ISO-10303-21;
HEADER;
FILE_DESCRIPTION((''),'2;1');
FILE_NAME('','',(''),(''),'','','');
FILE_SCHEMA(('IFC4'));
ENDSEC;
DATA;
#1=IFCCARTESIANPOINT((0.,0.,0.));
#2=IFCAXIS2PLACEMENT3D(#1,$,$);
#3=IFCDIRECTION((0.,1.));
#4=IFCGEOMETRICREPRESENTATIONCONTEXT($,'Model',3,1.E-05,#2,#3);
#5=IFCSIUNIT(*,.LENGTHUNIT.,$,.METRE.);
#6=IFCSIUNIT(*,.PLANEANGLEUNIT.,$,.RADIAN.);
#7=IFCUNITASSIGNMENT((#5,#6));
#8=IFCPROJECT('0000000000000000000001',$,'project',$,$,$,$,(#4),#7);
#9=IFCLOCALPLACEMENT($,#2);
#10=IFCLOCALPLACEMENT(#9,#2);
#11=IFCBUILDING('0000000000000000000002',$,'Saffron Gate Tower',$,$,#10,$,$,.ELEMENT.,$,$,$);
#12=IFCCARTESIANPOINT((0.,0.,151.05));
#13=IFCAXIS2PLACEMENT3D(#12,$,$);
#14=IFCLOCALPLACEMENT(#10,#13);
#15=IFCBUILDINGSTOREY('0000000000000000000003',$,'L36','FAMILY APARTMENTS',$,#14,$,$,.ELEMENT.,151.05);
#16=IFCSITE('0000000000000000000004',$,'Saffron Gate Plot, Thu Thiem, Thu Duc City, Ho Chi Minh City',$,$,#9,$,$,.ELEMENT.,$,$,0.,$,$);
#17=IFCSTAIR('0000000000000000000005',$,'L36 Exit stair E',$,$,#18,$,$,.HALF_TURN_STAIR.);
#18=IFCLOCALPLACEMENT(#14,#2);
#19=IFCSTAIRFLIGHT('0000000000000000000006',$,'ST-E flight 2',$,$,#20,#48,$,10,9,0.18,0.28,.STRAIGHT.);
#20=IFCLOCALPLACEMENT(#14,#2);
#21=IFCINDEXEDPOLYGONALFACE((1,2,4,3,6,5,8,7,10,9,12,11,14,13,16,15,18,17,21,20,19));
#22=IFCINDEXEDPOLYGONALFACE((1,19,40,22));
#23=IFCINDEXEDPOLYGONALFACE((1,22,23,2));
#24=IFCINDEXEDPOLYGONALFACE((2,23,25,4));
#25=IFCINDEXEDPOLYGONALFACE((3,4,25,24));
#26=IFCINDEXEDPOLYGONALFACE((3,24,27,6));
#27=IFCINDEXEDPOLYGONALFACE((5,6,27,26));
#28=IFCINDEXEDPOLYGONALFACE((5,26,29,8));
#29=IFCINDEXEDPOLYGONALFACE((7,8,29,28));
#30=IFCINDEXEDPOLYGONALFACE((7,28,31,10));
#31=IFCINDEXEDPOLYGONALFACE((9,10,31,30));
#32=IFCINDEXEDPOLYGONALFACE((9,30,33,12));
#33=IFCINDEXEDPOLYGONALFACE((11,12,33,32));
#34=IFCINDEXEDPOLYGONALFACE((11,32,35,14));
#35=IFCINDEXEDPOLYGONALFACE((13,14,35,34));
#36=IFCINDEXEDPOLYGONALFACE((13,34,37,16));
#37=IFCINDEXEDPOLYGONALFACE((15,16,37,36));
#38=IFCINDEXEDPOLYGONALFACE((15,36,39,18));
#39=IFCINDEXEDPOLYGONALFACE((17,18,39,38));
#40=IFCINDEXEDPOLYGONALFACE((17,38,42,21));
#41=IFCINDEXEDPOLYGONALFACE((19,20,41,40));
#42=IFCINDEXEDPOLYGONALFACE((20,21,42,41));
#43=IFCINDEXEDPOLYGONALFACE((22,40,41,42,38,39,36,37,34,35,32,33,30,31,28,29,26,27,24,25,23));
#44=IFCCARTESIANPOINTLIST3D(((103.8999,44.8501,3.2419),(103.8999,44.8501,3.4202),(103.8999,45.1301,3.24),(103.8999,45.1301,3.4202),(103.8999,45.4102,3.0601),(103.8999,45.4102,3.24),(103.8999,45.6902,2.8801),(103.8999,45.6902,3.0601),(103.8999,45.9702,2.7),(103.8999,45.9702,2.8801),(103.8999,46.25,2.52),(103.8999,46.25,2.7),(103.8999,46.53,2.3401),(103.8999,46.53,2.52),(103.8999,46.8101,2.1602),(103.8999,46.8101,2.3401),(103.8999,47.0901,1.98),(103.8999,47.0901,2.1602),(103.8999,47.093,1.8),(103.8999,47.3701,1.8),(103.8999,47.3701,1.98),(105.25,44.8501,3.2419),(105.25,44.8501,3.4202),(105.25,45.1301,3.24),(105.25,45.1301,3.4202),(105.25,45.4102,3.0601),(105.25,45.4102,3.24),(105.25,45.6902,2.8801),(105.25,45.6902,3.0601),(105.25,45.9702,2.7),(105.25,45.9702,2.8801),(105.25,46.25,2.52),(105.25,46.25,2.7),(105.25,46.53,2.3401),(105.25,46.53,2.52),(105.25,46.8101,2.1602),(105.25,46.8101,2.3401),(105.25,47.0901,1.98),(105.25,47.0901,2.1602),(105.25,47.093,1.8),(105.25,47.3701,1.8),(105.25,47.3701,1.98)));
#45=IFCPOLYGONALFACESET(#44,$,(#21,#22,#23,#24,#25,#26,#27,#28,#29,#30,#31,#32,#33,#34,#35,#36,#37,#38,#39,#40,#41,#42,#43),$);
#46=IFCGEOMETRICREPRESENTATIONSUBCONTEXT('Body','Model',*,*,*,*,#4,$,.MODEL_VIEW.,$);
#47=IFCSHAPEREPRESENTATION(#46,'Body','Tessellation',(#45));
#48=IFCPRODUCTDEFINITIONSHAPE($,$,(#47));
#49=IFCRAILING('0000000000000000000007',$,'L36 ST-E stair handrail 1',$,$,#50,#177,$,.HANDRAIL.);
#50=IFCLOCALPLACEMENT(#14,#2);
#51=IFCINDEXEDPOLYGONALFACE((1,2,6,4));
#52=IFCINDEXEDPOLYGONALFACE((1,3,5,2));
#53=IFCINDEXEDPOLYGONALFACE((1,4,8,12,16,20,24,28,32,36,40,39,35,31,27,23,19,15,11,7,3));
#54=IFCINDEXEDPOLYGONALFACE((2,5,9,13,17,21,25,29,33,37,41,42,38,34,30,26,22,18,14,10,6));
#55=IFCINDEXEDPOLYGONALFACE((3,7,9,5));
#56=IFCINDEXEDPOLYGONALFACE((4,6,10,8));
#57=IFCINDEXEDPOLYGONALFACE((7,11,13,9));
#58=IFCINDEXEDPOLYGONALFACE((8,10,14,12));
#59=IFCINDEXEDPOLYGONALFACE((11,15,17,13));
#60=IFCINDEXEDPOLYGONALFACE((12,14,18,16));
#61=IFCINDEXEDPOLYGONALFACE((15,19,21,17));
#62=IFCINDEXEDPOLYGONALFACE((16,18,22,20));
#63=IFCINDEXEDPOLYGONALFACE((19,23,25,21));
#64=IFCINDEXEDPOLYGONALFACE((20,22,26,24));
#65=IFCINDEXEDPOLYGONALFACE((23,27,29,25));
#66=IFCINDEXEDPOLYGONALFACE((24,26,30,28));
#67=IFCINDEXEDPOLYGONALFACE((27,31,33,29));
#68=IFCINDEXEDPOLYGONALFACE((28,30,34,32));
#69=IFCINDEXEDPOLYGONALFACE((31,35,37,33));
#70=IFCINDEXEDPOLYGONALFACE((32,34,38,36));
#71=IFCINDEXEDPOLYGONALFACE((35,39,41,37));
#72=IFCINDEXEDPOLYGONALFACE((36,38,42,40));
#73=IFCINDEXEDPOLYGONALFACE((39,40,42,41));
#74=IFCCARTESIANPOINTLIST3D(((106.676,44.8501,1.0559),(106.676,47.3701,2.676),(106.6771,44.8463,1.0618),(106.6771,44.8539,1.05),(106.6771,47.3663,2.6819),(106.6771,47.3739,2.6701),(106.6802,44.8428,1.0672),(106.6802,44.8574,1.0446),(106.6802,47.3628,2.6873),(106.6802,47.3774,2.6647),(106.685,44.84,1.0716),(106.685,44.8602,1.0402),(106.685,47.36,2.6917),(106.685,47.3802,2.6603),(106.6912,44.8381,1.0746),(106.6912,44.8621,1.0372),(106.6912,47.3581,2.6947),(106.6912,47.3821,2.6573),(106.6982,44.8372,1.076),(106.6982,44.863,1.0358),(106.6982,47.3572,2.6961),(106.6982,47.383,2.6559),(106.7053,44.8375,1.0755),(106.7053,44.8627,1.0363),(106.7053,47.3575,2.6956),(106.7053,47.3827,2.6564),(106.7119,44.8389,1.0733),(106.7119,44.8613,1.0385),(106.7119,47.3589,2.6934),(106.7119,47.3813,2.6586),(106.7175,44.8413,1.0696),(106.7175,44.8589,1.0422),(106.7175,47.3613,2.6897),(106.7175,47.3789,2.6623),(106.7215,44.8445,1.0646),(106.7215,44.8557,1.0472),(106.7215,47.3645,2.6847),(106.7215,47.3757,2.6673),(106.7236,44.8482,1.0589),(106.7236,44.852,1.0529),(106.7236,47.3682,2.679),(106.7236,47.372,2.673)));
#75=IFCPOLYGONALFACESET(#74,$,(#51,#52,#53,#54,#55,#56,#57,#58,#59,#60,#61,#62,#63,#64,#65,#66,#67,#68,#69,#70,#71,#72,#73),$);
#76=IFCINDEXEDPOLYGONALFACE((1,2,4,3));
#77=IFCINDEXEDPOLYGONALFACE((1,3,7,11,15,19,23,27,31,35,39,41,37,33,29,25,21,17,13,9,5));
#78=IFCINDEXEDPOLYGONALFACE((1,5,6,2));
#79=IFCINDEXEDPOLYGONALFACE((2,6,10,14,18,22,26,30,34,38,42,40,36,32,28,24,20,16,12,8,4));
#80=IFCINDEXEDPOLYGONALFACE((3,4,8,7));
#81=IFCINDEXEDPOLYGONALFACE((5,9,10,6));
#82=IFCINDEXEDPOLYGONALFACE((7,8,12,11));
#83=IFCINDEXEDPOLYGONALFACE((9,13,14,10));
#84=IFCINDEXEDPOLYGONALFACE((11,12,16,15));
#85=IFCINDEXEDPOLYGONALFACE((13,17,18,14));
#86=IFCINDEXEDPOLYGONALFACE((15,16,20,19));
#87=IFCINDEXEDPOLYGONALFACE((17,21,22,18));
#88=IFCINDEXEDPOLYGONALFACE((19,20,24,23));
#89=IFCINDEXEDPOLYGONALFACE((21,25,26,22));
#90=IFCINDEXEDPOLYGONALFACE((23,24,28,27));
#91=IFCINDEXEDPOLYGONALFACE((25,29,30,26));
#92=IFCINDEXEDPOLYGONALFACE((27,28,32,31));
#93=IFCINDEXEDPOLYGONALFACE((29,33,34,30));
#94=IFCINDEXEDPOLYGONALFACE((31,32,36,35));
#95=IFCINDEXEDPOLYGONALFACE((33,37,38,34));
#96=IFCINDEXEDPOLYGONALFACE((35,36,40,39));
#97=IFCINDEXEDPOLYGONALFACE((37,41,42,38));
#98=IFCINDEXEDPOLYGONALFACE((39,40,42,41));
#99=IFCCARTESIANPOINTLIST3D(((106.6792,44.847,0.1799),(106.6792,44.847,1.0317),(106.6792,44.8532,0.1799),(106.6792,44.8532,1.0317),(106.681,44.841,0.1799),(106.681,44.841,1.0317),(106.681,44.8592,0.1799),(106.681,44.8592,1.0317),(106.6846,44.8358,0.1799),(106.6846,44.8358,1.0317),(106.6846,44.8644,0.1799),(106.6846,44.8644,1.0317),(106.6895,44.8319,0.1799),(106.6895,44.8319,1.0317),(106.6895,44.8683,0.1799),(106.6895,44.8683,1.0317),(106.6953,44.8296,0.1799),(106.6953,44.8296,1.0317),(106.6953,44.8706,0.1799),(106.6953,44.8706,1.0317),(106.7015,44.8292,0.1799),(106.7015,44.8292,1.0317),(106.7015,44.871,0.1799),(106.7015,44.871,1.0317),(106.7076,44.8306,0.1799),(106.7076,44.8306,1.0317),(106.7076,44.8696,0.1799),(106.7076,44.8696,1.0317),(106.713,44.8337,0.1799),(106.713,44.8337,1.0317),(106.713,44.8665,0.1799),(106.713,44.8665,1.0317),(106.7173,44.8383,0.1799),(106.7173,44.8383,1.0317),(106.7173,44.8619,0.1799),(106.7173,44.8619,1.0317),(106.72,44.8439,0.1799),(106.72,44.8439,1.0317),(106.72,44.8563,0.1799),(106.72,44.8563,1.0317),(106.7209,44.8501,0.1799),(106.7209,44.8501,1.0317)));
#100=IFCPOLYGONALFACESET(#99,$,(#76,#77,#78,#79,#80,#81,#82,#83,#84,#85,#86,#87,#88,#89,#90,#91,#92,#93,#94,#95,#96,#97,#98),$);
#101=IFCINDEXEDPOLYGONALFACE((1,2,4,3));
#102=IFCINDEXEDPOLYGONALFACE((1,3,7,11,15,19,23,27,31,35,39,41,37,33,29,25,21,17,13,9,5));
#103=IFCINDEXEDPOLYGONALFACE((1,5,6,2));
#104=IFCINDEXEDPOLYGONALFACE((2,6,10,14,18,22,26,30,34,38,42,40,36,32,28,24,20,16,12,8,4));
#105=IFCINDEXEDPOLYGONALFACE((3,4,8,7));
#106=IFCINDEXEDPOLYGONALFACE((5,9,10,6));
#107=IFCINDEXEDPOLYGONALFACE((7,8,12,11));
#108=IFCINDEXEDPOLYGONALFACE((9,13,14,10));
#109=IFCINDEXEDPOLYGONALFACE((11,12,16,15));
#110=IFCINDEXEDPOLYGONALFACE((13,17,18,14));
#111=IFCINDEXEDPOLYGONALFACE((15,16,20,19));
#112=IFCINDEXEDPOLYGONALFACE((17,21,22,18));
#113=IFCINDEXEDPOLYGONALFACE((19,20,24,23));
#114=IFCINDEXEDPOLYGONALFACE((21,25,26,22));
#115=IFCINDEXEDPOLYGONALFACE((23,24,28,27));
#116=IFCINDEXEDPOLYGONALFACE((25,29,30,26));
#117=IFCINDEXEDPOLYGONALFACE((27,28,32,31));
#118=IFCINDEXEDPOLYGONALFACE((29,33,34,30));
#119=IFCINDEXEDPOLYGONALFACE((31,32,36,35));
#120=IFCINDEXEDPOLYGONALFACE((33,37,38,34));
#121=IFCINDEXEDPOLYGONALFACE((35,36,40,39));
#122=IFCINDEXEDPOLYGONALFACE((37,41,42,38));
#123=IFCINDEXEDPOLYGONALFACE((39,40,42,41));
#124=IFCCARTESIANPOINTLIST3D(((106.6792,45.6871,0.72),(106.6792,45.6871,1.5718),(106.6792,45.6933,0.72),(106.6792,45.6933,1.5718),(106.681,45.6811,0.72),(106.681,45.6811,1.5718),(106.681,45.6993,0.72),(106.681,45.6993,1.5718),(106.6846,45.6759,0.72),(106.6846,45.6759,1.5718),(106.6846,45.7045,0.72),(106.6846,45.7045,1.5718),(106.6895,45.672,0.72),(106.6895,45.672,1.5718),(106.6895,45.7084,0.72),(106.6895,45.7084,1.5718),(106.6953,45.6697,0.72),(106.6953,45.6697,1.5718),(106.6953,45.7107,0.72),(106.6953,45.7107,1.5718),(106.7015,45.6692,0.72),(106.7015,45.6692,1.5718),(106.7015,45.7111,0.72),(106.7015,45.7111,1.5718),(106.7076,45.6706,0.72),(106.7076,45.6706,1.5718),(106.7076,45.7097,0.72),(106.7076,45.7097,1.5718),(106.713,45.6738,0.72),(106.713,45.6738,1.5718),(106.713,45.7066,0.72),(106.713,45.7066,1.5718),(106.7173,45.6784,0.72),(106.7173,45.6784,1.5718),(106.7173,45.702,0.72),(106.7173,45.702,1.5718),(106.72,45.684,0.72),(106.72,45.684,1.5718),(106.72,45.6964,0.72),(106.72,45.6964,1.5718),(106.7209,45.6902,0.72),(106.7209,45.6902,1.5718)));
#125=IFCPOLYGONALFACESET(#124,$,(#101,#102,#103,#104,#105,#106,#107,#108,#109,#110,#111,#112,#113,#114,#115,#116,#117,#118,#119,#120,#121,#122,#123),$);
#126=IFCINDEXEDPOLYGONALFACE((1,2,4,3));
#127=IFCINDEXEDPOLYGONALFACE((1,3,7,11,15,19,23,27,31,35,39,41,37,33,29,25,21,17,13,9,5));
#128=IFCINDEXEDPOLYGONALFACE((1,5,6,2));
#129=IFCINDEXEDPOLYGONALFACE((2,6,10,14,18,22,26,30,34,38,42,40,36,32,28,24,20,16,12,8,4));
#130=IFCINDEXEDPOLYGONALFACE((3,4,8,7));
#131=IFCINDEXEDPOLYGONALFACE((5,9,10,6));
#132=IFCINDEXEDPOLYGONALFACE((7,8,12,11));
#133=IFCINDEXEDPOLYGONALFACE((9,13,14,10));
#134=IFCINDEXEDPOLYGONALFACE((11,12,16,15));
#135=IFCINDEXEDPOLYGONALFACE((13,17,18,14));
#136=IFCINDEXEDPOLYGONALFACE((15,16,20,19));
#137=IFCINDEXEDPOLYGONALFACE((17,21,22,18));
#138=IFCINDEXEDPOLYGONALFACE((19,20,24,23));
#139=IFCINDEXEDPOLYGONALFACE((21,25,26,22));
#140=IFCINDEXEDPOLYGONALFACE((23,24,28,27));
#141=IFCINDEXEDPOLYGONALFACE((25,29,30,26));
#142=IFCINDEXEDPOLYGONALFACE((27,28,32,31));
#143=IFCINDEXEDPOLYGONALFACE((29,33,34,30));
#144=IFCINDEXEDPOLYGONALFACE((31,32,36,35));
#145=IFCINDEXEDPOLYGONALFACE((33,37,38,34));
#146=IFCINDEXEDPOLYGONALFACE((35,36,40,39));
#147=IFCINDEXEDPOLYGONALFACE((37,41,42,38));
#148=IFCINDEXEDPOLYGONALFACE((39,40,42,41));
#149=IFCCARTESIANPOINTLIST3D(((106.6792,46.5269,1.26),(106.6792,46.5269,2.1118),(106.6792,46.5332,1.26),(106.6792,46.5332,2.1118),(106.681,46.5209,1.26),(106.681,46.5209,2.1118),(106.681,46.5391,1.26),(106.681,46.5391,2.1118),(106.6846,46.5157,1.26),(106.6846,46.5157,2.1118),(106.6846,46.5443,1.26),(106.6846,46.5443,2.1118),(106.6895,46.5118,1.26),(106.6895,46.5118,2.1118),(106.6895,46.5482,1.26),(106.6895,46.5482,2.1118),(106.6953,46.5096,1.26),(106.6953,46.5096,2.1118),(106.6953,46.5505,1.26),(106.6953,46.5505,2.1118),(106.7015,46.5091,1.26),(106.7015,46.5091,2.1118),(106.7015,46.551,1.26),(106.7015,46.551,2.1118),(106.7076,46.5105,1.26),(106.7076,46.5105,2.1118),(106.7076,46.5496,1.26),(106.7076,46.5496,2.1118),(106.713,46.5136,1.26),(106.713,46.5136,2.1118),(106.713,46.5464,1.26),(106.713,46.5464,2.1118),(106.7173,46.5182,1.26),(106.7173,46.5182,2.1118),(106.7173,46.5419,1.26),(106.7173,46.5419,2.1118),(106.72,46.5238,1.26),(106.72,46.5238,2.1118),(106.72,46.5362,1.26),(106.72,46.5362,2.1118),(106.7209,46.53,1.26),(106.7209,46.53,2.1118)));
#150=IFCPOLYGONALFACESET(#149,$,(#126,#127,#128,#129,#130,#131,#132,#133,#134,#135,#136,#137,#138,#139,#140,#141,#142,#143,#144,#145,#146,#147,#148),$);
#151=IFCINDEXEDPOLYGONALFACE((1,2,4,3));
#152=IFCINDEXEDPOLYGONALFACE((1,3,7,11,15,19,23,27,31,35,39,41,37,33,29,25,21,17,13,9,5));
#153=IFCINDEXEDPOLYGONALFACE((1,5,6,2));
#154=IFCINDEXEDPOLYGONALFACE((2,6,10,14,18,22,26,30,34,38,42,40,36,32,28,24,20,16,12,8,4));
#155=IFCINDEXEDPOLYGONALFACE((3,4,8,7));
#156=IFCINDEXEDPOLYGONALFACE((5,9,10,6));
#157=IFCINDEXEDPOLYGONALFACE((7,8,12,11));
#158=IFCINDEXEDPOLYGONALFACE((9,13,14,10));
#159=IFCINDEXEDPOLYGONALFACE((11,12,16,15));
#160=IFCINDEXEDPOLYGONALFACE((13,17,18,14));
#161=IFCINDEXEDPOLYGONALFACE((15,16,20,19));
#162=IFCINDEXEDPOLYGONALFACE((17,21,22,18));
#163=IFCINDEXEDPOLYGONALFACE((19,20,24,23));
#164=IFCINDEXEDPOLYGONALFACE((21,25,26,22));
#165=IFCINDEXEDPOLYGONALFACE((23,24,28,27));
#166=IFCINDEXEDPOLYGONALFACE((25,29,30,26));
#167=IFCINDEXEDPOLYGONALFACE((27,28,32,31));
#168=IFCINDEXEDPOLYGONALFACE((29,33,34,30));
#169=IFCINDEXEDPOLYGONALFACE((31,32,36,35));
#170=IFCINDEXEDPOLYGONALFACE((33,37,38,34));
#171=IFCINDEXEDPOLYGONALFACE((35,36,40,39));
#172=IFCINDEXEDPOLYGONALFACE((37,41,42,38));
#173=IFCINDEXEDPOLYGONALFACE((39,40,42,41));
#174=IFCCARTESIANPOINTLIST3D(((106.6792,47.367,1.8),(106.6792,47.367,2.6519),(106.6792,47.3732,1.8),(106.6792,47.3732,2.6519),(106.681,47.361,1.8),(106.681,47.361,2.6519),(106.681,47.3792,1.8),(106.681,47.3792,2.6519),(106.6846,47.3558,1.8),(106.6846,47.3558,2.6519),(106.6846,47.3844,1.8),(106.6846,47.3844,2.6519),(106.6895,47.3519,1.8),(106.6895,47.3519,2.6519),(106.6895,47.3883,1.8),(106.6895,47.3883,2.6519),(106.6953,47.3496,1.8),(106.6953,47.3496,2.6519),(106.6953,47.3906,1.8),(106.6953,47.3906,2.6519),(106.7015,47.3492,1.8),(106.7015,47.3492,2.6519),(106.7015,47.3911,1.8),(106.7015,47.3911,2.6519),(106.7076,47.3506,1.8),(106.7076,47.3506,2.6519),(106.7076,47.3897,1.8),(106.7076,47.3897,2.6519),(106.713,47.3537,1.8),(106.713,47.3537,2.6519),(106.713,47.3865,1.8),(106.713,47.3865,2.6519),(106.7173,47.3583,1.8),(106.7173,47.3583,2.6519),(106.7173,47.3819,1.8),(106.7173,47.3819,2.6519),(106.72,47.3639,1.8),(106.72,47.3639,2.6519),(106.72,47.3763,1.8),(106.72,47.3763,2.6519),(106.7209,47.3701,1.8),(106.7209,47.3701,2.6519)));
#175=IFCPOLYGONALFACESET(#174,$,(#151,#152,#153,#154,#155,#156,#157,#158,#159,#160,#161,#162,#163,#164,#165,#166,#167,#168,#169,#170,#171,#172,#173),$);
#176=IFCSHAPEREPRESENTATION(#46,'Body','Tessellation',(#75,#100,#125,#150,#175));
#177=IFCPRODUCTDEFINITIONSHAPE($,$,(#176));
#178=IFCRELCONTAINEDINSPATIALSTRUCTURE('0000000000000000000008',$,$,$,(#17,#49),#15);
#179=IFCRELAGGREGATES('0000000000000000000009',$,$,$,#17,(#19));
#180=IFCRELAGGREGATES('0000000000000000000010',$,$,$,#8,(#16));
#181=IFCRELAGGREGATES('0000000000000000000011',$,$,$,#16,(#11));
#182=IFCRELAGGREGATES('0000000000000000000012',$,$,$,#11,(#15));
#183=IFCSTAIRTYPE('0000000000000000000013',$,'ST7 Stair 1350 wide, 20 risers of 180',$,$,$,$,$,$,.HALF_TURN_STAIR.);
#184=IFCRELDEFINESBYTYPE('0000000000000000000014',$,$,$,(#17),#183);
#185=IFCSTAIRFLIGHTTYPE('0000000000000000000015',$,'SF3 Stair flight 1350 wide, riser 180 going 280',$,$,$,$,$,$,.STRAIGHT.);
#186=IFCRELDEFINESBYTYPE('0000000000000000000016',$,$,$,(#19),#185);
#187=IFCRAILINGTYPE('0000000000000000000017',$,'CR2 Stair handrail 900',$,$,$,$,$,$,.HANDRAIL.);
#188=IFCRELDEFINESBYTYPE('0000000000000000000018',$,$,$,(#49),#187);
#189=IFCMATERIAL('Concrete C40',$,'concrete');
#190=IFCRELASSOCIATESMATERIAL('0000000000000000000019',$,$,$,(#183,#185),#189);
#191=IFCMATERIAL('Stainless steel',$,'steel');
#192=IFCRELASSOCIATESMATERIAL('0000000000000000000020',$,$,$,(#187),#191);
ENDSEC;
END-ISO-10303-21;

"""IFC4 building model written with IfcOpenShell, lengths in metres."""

from ifc_helpers import new_model, si_unit, direction, frame, origin, origin_2d, place, context, subcontext, project, spatial, polyline, circle, outline, extrude, material, type_object, element, aggregate, save


model = new_model("IFC4")

# Units and contexts
model_context = context("Model", 3, precision=1e-05, world=origin(), true_north=direction((0.0, 1.0)))
body_context = subcontext(model_context, "Body", "Model", "MODEL_VIEW")
ifc_project = project(units=[si_unit("LENGTHUNIT", "METRE"), si_unit("PLANEANGLEUNIT", "RADIAN")], contexts=[model_context])

# Site, building, storey
site_placement = place(None, origin())
site = spatial("IfcSite", under=ifc_project, at=site_placement, Name="Saffron Gate Plot, Thu Thiem, Thu Duc City, Ho Chi Minh City", CompositionType="ELEMENT", RefElevation=0.0)
building_placement = place(site_placement, origin())
building = spatial("IfcBuilding", under=site, at=building_placement, Name="Saffron Gate Tower", CompositionType="ELEMENT")
storey_placement = place(building_placement, frame((0.0, 0.0, 151.05)))
storey = spatial("IfcBuildingStorey", under=building, at=storey_placement, Name="L36", Description="FAMILY APARTMENTS", CompositionType="ELEMENT", Elevation=151.05)

# Stair, stair flight
ifc_material_1 = material(Name="Concrete C40", Category="concrete")
stair_type = type_object("IfcStairType", Name="ST7 Stair 1350 wide, 20 risers of 180", PredefinedType="HALF_TURN_STAIR", material=ifc_material_1)
stair_placement = place(storey_placement, origin())
stair = element("IfcStair", 1, at=stair_placement, inside=storey, type_object=stair_type, Name="L36 Exit stair E", PredefinedType="HALF_TURN_STAIR")
stair_flight_type = type_object("IfcStairFlightType", Name="SF3 Stair flight 1350 wide, riser 180 going 280", PredefinedType="STRAIGHT", material=ifc_material_1)
stair_flight_1_placement = place(storey_placement, frame((104.575, 47.3701, 1.8), z_axis=(0.0, 0.0, 1.0), x_axis=(0.0, -1.0, 0.0)))
stair_flight_1 = element("IfcStairFlight", 2, at=stair_flight_1_placement, type_object=stair_flight_type, Name="ST-E flight 2", NumberOfRisers=10, NumberOfTreads=9, PredefinedType="STRAIGHT", RiserHeight=0.18, TreadLength=0.28, context=body_context, shape_type="SweptSolid", body=[
    extrude(outline(polyline([(0.0, 0.0), (0.0, 0.1799), (0.28, 0.1799), (0.28, 0.3601), (0.5601, 0.3601), (0.5601, 0.54), (0.8401, 0.54), (0.8401, 0.72), (1.1201, 0.72), (1.1201, 0.8999), (1.3999, 0.8999), (1.3999, 1.0801), (1.6799, 1.0801), (1.6799, 1.26), (1.96, 1.26), (1.96, 1.4399), (2.24, 1.4399), (2.24, 1.6201), (2.52, 1.6201), (2.52, 1.8), (2.52, 1.4419), (0.2771, 0.0), (0.0, 0.0)])), frame((0.0, 0.675, 0.0), z_axis=(0.0, -1.0, 0.0), x_axis=(1.0, 0.0, 0.0)), (0.0, 0.0, 1.0), 1.3501),
])
aggregate(stair, [stair_flight_1])

# Railing
ifc_material_2 = material(Name="Stainless steel", Category="steel")
railing_type_1 = type_object("IfcRailingType", Name="CR2 Stair handrail 900", PredefinedType="HANDRAIL", material=ifc_material_2)
railing_1_placement = place(storey_placement, frame((106.7, 44.8501, 0.1799)))
element("IfcRailing", 3, at=railing_1_placement, inside=storey, type_object=railing_type_1, Name="L36 ST-E stair handrail 1", PredefinedType="HANDRAIL", context=body_context, shape_type="SweptSolid", body=[
    extrude(circle(Radius=0.0239, at=origin_2d()), frame((0.0, 0.0, 0.876), z_axis=(0.0, 0.841163, 0.540782), x_axis=(-1.0, 0.0, 0.0)), (0.0, 0.0, 1.0), 2.9958),
    extrude(circle(Radius=0.021, at=origin_2d()), origin(), (0.0, 0.0, 1.0), 0.8518),
    extrude(circle(Radius=0.021, at=origin_2d()), frame((0.0, 0.8401, 0.54)), (0.0, 0.0, 1.0), 0.8518),
    extrude(circle(Radius=0.021, at=origin_2d()), frame((0.0, 1.6799, 1.0801)), (0.0, 0.0, 1.0), 0.8518),
    extrude(circle(Radius=0.021, at=origin_2d()), frame((0.0, 2.52, 1.6201)), (0.0, 0.0, 1.0), 0.8518),
])

save(model, "model.ifc")
